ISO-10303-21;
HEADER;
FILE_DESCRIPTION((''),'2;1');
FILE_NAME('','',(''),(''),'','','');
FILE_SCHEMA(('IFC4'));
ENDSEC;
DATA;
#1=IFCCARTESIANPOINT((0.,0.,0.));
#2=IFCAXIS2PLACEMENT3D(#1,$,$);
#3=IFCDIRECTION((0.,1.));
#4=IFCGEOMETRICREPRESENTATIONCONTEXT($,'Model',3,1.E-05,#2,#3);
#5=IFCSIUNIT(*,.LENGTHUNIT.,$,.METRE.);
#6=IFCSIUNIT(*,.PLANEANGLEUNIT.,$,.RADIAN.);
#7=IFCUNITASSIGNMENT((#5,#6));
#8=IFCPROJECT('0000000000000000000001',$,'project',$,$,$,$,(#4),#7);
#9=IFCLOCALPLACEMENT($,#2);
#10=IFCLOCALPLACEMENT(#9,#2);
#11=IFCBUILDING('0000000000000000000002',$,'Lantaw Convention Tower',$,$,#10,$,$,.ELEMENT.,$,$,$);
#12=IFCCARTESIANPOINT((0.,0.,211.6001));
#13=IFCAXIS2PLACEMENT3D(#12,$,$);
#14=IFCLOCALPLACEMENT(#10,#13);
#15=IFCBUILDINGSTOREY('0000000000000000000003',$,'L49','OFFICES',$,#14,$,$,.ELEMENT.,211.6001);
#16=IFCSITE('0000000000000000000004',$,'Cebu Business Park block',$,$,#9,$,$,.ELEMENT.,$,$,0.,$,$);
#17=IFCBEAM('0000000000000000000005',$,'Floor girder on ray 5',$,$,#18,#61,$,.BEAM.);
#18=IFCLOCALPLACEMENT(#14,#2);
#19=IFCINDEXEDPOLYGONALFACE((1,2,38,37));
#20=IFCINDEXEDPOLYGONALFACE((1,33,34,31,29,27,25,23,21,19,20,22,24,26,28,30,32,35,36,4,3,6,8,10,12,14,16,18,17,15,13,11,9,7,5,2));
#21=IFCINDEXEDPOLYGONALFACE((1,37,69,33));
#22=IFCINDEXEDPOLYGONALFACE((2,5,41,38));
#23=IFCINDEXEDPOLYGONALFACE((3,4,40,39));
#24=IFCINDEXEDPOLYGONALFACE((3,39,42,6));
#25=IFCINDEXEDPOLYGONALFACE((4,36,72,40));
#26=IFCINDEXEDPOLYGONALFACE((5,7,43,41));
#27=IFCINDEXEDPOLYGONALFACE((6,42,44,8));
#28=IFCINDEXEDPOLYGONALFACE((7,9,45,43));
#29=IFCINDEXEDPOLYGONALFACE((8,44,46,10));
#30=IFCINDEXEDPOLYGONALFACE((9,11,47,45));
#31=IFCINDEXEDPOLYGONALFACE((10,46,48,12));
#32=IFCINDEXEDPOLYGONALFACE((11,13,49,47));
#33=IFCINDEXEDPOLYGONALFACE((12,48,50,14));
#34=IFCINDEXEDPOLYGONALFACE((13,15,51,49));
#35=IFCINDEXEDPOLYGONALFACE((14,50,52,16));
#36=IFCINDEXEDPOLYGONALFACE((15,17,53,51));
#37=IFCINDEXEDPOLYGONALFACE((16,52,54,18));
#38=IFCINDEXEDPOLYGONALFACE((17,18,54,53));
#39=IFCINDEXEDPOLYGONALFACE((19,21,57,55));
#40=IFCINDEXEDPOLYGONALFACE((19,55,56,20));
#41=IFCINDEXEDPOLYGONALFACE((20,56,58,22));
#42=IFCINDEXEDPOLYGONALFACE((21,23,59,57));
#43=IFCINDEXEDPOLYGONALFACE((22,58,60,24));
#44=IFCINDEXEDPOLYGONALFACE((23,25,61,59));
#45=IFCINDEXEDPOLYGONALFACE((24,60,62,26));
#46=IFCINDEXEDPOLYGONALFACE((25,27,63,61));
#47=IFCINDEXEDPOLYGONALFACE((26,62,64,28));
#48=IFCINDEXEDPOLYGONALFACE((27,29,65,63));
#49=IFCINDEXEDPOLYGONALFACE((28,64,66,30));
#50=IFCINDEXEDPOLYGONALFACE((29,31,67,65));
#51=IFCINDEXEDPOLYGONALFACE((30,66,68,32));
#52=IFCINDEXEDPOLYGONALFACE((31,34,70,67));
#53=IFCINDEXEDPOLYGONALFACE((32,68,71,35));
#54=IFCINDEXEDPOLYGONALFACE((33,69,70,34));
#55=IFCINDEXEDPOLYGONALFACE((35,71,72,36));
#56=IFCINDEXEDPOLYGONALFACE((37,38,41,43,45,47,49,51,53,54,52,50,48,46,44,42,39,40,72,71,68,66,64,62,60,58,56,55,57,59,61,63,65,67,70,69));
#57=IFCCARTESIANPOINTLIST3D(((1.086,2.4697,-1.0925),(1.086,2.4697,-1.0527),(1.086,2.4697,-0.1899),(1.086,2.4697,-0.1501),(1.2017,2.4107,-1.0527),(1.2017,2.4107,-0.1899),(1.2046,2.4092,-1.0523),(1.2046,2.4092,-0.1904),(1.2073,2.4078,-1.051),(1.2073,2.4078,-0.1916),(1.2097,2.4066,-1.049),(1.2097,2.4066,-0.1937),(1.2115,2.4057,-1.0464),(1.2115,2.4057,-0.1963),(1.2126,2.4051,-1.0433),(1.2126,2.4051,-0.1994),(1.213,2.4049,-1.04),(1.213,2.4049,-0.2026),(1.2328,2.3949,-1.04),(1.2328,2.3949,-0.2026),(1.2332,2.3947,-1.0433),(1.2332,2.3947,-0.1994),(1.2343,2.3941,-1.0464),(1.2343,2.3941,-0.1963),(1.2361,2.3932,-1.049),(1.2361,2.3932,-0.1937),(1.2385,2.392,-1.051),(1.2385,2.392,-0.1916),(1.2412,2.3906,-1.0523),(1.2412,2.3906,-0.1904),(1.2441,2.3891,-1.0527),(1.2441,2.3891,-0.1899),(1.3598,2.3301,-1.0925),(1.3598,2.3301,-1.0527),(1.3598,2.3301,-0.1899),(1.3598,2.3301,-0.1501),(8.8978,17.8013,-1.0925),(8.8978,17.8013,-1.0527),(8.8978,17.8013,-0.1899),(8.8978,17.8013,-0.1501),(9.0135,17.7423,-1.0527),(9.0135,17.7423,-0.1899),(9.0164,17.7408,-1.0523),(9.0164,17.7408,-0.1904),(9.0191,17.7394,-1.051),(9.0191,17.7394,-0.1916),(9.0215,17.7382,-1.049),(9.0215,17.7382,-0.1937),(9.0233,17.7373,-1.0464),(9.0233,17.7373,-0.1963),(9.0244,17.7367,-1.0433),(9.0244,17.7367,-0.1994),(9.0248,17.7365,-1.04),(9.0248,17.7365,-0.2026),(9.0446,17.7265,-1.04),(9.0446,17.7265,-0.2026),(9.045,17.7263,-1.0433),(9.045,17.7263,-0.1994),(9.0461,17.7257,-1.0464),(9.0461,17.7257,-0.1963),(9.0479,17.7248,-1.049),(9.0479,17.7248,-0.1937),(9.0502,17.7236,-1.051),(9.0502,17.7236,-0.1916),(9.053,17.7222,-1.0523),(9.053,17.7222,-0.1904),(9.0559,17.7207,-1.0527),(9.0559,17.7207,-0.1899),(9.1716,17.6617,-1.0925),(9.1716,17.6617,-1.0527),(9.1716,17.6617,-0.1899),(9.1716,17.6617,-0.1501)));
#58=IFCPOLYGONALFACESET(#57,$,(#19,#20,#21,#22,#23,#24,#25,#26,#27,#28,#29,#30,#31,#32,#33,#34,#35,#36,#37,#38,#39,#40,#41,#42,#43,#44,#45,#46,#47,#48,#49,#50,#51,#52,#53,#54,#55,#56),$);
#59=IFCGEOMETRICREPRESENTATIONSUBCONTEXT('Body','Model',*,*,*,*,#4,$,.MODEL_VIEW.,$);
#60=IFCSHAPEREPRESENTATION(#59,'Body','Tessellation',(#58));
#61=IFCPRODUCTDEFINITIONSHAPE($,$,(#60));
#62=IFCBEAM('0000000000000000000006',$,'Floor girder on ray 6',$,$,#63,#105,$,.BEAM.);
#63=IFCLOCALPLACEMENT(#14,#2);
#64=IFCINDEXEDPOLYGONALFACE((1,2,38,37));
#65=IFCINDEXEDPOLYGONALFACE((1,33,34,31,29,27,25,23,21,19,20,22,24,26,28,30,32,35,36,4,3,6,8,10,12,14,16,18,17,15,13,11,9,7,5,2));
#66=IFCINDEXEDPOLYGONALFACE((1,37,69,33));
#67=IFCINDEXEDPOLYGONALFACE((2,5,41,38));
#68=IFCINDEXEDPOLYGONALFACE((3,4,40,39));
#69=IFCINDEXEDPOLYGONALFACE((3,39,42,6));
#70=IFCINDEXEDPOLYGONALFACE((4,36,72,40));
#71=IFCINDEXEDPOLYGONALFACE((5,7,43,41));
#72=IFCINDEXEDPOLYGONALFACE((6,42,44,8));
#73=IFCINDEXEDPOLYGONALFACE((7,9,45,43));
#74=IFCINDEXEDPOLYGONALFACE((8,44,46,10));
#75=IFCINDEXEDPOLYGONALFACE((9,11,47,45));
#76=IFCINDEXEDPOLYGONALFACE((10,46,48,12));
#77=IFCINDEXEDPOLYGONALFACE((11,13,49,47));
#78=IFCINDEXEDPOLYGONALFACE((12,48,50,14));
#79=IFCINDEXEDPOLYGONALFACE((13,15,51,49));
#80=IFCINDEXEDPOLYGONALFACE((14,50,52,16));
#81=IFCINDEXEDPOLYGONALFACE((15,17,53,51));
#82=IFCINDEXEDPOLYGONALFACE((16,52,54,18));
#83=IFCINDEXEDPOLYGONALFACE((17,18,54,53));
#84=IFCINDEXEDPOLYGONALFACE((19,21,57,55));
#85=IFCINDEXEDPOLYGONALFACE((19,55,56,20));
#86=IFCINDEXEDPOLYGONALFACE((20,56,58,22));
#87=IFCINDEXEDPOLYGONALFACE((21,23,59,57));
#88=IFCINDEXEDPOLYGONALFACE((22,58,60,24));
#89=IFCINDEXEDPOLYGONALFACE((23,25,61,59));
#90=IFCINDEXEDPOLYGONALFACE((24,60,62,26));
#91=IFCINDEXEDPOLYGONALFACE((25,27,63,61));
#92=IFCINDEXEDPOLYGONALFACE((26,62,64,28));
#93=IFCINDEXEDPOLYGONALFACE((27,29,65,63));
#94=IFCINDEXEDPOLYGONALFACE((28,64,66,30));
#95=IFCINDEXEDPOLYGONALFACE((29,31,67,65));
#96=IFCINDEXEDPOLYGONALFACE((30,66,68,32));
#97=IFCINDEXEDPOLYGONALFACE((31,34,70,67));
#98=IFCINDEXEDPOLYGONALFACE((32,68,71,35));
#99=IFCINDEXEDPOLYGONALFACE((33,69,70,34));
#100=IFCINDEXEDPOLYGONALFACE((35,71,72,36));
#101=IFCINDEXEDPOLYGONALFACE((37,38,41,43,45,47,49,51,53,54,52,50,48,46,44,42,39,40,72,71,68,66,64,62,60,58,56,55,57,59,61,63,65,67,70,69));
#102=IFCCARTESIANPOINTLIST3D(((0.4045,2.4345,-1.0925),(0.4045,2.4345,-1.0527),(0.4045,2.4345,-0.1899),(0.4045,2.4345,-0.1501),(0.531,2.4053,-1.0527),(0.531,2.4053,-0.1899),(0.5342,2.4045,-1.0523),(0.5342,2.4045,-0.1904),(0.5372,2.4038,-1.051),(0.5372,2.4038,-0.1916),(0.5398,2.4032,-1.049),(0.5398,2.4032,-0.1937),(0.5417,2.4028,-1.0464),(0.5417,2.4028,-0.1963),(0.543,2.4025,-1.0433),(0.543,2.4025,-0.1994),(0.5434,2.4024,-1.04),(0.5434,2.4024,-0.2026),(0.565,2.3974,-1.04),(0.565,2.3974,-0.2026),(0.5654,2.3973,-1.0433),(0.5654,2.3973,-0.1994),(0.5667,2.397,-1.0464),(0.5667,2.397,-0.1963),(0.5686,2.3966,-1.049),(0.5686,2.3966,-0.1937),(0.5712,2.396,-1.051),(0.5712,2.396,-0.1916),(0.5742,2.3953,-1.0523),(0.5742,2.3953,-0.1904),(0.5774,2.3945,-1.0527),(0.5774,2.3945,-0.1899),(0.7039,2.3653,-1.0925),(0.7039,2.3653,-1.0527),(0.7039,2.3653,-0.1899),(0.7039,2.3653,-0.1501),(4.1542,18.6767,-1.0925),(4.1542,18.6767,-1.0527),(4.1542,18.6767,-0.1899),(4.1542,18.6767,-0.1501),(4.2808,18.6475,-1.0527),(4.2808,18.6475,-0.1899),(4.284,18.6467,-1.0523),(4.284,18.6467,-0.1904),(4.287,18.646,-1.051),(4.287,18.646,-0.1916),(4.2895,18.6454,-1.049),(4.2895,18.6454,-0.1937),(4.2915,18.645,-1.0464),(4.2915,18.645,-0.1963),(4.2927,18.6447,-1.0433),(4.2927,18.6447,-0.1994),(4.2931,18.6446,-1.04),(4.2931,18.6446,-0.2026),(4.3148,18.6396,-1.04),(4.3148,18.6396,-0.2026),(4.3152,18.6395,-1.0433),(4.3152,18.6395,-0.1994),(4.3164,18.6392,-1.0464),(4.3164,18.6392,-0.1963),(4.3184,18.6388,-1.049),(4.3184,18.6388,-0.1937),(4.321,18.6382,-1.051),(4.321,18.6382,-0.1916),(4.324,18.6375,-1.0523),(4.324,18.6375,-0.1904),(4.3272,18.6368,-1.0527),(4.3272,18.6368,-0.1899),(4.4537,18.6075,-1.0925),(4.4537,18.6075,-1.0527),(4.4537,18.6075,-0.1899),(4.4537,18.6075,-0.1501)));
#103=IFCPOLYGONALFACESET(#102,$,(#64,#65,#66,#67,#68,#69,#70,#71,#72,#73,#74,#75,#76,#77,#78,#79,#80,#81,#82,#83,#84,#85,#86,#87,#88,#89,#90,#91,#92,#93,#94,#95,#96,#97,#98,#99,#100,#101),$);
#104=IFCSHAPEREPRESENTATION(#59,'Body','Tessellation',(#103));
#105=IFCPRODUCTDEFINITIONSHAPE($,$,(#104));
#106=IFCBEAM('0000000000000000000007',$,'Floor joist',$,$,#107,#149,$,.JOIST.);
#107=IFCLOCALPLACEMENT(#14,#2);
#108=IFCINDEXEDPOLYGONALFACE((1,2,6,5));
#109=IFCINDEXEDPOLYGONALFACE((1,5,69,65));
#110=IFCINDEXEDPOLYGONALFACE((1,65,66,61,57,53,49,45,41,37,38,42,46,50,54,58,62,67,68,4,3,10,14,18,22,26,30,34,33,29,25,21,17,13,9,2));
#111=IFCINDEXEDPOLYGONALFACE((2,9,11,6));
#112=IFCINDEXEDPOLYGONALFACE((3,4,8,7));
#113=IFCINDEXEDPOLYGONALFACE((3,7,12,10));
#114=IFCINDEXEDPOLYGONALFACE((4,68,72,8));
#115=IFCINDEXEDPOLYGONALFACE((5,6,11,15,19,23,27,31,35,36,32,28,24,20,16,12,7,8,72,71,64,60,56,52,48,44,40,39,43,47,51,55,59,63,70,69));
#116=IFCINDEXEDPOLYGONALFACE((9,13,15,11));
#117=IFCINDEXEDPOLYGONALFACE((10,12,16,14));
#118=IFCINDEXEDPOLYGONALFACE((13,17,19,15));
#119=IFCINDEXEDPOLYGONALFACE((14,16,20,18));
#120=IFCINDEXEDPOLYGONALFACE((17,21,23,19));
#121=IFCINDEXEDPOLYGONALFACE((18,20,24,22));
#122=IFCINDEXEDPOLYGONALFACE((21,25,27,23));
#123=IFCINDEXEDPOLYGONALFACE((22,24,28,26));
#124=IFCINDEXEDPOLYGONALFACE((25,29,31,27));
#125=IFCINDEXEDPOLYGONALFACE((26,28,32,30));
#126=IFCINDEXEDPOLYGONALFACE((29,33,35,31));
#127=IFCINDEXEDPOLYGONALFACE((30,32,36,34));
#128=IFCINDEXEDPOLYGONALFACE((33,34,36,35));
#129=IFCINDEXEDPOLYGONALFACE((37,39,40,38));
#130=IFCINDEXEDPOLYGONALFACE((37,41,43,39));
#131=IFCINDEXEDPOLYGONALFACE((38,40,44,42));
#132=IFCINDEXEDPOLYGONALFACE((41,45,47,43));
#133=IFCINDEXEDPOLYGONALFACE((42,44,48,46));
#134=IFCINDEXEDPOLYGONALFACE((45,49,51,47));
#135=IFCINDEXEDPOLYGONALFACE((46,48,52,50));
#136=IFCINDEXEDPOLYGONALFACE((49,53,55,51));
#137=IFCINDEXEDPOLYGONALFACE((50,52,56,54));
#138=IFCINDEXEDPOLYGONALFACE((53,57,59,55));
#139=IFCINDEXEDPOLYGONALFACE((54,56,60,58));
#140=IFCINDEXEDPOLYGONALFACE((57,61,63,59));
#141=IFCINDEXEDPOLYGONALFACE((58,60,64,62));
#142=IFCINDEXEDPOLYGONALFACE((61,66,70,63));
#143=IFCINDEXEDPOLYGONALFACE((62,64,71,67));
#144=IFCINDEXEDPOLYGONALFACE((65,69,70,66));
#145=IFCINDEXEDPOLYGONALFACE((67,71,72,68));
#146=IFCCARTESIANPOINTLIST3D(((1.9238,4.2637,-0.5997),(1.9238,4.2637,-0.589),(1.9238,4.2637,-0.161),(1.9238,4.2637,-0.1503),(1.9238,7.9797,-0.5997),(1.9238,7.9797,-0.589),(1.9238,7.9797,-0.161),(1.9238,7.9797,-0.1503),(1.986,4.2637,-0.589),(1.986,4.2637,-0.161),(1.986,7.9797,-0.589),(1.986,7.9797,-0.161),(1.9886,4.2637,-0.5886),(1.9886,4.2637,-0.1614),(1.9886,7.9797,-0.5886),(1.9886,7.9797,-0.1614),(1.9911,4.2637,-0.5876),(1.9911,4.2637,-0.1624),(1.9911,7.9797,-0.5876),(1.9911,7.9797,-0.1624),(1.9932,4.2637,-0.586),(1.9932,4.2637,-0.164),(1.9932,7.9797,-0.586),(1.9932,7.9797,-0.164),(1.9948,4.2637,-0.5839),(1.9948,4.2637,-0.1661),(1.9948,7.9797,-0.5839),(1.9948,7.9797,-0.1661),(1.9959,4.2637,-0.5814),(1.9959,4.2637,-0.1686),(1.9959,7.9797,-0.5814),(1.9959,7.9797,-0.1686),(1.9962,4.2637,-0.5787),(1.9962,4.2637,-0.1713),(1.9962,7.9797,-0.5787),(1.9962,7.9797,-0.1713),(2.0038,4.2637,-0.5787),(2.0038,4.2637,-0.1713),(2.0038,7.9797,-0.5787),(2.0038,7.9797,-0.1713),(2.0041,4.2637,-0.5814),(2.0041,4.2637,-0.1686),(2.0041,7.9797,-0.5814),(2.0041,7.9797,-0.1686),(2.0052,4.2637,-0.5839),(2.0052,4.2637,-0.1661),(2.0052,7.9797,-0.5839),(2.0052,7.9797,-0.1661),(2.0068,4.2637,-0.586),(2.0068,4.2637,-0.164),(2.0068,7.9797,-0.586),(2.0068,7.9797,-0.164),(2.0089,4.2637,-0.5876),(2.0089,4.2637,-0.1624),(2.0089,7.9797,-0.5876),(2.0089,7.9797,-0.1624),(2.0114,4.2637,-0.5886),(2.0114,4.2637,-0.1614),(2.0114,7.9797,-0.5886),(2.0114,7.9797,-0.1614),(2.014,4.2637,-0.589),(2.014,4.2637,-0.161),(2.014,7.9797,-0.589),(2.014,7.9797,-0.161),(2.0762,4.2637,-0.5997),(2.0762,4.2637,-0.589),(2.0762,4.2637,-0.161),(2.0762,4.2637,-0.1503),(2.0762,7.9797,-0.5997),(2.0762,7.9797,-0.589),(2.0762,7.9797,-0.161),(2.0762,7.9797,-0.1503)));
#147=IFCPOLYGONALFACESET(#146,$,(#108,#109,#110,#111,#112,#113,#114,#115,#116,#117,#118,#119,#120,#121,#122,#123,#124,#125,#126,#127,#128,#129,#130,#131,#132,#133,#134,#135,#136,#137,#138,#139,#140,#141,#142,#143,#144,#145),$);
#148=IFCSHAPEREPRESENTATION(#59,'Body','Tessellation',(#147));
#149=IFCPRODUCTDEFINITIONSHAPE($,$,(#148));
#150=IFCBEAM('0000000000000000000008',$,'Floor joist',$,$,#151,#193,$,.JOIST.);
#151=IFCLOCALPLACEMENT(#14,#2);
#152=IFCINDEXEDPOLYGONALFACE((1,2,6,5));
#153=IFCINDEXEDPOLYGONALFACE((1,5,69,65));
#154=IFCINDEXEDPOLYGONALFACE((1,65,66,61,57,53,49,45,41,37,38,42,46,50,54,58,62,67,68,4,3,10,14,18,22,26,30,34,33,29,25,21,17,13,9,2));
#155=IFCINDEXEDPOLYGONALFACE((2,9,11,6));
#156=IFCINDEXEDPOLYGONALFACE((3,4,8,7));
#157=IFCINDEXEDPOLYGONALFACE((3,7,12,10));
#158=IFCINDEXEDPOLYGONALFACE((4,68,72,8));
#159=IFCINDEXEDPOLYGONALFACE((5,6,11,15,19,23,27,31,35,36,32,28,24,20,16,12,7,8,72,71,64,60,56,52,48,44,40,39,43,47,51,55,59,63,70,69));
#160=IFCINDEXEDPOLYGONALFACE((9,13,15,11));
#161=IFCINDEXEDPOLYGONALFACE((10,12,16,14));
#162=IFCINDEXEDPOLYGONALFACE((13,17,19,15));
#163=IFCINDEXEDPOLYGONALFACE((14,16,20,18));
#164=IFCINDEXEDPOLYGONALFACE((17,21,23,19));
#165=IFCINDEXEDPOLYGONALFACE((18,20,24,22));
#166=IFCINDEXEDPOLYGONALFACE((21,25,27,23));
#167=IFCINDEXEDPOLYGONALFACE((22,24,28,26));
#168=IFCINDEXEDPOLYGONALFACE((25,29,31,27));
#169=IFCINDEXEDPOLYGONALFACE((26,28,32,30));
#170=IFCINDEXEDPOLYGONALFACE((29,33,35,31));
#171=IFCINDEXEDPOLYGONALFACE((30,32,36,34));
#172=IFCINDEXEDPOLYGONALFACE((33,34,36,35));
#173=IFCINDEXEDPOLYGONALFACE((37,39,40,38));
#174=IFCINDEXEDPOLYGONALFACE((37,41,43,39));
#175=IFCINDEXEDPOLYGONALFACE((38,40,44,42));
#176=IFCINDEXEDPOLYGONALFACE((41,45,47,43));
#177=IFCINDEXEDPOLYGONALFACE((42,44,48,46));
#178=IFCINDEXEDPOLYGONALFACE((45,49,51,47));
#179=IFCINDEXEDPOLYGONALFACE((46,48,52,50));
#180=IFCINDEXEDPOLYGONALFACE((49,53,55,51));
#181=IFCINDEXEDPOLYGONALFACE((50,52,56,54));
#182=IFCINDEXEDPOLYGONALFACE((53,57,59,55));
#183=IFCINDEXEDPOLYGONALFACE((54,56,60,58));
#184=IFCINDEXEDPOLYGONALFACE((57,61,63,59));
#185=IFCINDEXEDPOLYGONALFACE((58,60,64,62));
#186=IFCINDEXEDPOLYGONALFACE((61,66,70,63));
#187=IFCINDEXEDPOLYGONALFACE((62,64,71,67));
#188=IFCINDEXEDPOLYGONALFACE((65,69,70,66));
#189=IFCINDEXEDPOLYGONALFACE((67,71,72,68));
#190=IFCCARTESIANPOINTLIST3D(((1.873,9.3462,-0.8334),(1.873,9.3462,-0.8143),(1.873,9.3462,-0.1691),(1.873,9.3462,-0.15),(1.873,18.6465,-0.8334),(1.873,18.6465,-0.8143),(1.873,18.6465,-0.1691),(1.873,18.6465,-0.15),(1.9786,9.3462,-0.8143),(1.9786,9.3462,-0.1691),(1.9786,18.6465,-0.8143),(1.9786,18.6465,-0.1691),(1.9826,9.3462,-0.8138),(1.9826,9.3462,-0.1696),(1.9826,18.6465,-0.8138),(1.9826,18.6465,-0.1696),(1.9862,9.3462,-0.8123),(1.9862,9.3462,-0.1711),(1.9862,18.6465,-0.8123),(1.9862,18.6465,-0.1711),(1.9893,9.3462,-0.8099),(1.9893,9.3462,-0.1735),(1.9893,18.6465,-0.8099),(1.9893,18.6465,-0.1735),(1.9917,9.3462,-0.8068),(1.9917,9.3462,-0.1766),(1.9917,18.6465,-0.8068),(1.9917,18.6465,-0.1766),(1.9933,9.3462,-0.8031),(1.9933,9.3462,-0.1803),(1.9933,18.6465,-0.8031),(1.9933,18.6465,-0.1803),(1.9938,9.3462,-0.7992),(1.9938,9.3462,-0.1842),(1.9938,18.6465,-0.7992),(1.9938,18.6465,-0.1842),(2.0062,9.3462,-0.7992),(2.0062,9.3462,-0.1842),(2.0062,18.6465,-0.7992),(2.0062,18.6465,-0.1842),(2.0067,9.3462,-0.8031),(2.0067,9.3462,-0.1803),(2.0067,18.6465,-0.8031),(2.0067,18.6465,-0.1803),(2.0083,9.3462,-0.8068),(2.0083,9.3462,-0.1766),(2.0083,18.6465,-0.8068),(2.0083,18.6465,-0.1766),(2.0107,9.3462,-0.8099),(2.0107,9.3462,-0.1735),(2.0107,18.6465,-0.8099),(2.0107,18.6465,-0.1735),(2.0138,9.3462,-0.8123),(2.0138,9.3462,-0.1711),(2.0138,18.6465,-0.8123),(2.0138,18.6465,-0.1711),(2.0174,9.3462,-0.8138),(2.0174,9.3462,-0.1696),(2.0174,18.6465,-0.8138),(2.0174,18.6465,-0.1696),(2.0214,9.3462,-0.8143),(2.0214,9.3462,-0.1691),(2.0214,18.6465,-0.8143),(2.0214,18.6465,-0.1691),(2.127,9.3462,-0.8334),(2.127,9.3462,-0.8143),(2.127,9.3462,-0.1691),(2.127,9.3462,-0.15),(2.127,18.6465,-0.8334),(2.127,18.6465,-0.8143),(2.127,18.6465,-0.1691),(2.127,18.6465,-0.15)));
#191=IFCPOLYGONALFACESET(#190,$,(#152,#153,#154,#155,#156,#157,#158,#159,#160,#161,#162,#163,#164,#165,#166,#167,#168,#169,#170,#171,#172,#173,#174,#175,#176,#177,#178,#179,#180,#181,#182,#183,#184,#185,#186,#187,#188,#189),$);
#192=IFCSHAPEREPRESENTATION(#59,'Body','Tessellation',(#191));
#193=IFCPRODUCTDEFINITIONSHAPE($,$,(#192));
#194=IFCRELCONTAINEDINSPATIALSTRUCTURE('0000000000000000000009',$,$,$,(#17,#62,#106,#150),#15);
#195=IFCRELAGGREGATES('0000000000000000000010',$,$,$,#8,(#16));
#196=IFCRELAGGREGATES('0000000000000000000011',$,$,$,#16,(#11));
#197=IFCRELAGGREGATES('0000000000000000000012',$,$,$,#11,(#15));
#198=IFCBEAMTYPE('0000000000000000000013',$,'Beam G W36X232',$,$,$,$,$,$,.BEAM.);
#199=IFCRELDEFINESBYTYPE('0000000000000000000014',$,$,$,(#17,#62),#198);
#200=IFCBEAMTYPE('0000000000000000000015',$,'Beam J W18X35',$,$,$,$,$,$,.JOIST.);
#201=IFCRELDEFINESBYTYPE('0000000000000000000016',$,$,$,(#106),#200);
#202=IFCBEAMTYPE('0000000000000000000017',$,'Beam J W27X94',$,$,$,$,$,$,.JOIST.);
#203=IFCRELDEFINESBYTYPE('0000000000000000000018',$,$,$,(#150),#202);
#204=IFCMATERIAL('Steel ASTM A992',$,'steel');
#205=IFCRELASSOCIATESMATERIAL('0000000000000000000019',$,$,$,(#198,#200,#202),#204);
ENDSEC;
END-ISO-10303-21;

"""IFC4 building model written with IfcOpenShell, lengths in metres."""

from ifc_helpers import new_model, si_unit, direction, frame, origin, origin_2d, place, context, subcontext, project, spatial, i_section, extrude, material, material_profile, profile_set, type_object, element, save


model = new_model("IFC4")

# Units and contexts
model_context = context("Model", 3, precision=1e-05, world=origin(), true_north=direction((0.0, 1.0)))
body_context = subcontext(model_context, "Body", "Model", "MODEL_VIEW")
ifc_project = project(units=[si_unit("LENGTHUNIT", "METRE"), si_unit("PLANEANGLEUNIT", "RADIAN")], contexts=[model_context])

# Site, building, storey
site_placement = place(None, origin())
site = spatial("IfcSite", under=ifc_project, at=site_placement, Name="Cebu Business Park block", CompositionType="ELEMENT", RefElevation=0.0)
building_placement = place(site_placement, origin())
building = spatial("IfcBuilding", under=site, at=building_placement, Name="Lantaw Convention Tower", CompositionType="ELEMENT")
storey_placement = place(building_placement, frame((0.0, 0.0, 211.6001)))
storey = spatial("IfcBuildingStorey", under=building, at=storey_placement, Name="L49", Description="OFFICES", CompositionType="ELEMENT", Elevation=211.6001)

# Beams
ifc_material_1 = material(Name="Steel ASTM A992", Category="steel")
ifc_material_profile_1 = material_profile(ifc_material_1, i_section(OverallWidth=0.3074, OverallDepth=0.9424, WebThickness=0.0222, FlangeThickness=0.0398, FilletRadius=0.0127, at=origin_2d()), Name="W36X232")
ifc_profile_set_1 = profile_set([ifc_material_profile_1], Name="Steel ASTM A992")
beam_type_1 = type_object("IfcBeamType", Name="Beam G W36X232", PredefinedType="BEAM", material=ifc_profile_set_1)
beam_1_placement = place(storey_placement, frame((1.2229, 2.3999, -0.6213), z_axis=(0.453988, 0.891008, 0.0), x_axis=(-0.891008, 0.453988, 0.0)))
element("IfcBeam", 1, at=beam_1_placement, inside=storey, type_object=beam_type_1, Name="Floor girder on ray 5", PredefinedType="BEAM", context=body_context, shape_type="SweptSolid", body=[
    extrude(i_section(OverallWidth=0.3074, OverallDepth=0.9424, WebThickness=0.0222, FlangeThickness=0.0398, FilletRadius=0.0127, at=origin_2d()), origin(), (0.0, 0.0, 1.0), 17.207),
])
beam_2_placement = place(storey_placement, frame((0.5542, 2.3999, -0.6213), z_axis=(0.224948, 0.974371, 0.0), x_axis=(-0.974371, 0.224948, 0.0)))
element("IfcBeam", 2, at=beam_2_placement, inside=storey, type_object=beam_type_1, Name="Floor girder on ray 6", PredefinedType="BEAM", context=body_context, shape_type="SweptSolid", body=[
    extrude(i_section(OverallWidth=0.3074, OverallDepth=0.9424, WebThickness=0.0222, FlangeThickness=0.0398, FilletRadius=0.0127, at=origin_2d()), origin(), (0.0, 0.0, 1.0), 16.6694),
])
ifc_material_profile_2 = material_profile(ifc_material_1, i_section(OverallWidth=0.1523, OverallDepth=0.4495, WebThickness=0.0076, FlangeThickness=0.0107, FilletRadius=0.0103, at=origin_2d()), Name="W18X35")
ifc_profile_set_2 = profile_set([ifc_material_profile_2], Name="Steel ASTM A992")
beam_type_2 = type_object("IfcBeamType", Name="Beam J W18X35", PredefinedType="JOIST", material=ifc_profile_set_2)
beam_3_placement = place(storey_placement, frame((2.0, 4.2637, -0.375), z_axis=(0.0, 1.0, 0.0), x_axis=(-1.0, 0.0, 0.0)))
element("IfcBeam", 3, at=beam_3_placement, inside=storey, type_object=beam_type_2, Name="Floor joist", PredefinedType="JOIST", context=body_context, shape_type="SweptSolid", body=[
    extrude(i_section(OverallWidth=0.1523, OverallDepth=0.4495, WebThickness=0.0076, FlangeThickness=0.0107, FilletRadius=0.0103, at=origin_2d()), origin(), (0.0, 0.0, 1.0), 3.7161),
])
ifc_material_profile_3 = material_profile(ifc_material_1, i_section(OverallWidth=0.2539, OverallDepth=0.6833, WebThickness=0.0125, FlangeThickness=0.019, FilletRadius=0.0151, at=origin_2d()), Name="W27X94")
ifc_profile_set_3 = profile_set([ifc_material_profile_3], Name="Steel ASTM A992")
beam_type_3 = type_object("IfcBeamType", Name="Beam J W27X94", PredefinedType="JOIST", material=ifc_profile_set_3)
beam_4_placement = place(storey_placement, frame((2.0, 9.3462, -0.4917), z_axis=(0.0, 1.0, 0.0), x_axis=(-1.0, 0.0, 0.0)))
element("IfcBeam", 4, at=beam_4_placement, inside=storey, type_object=beam_type_3, Name="Floor joist", PredefinedType="JOIST", context=body_context, shape_type="SweptSolid", body=[
    extrude(i_section(OverallWidth=0.2539, OverallDepth=0.6833, WebThickness=0.0125, FlangeThickness=0.019, FilletRadius=0.0151, at=origin_2d()), origin(), (0.0, 0.0, 1.0), 9.3003),
])

save(model, "model.ifc")
